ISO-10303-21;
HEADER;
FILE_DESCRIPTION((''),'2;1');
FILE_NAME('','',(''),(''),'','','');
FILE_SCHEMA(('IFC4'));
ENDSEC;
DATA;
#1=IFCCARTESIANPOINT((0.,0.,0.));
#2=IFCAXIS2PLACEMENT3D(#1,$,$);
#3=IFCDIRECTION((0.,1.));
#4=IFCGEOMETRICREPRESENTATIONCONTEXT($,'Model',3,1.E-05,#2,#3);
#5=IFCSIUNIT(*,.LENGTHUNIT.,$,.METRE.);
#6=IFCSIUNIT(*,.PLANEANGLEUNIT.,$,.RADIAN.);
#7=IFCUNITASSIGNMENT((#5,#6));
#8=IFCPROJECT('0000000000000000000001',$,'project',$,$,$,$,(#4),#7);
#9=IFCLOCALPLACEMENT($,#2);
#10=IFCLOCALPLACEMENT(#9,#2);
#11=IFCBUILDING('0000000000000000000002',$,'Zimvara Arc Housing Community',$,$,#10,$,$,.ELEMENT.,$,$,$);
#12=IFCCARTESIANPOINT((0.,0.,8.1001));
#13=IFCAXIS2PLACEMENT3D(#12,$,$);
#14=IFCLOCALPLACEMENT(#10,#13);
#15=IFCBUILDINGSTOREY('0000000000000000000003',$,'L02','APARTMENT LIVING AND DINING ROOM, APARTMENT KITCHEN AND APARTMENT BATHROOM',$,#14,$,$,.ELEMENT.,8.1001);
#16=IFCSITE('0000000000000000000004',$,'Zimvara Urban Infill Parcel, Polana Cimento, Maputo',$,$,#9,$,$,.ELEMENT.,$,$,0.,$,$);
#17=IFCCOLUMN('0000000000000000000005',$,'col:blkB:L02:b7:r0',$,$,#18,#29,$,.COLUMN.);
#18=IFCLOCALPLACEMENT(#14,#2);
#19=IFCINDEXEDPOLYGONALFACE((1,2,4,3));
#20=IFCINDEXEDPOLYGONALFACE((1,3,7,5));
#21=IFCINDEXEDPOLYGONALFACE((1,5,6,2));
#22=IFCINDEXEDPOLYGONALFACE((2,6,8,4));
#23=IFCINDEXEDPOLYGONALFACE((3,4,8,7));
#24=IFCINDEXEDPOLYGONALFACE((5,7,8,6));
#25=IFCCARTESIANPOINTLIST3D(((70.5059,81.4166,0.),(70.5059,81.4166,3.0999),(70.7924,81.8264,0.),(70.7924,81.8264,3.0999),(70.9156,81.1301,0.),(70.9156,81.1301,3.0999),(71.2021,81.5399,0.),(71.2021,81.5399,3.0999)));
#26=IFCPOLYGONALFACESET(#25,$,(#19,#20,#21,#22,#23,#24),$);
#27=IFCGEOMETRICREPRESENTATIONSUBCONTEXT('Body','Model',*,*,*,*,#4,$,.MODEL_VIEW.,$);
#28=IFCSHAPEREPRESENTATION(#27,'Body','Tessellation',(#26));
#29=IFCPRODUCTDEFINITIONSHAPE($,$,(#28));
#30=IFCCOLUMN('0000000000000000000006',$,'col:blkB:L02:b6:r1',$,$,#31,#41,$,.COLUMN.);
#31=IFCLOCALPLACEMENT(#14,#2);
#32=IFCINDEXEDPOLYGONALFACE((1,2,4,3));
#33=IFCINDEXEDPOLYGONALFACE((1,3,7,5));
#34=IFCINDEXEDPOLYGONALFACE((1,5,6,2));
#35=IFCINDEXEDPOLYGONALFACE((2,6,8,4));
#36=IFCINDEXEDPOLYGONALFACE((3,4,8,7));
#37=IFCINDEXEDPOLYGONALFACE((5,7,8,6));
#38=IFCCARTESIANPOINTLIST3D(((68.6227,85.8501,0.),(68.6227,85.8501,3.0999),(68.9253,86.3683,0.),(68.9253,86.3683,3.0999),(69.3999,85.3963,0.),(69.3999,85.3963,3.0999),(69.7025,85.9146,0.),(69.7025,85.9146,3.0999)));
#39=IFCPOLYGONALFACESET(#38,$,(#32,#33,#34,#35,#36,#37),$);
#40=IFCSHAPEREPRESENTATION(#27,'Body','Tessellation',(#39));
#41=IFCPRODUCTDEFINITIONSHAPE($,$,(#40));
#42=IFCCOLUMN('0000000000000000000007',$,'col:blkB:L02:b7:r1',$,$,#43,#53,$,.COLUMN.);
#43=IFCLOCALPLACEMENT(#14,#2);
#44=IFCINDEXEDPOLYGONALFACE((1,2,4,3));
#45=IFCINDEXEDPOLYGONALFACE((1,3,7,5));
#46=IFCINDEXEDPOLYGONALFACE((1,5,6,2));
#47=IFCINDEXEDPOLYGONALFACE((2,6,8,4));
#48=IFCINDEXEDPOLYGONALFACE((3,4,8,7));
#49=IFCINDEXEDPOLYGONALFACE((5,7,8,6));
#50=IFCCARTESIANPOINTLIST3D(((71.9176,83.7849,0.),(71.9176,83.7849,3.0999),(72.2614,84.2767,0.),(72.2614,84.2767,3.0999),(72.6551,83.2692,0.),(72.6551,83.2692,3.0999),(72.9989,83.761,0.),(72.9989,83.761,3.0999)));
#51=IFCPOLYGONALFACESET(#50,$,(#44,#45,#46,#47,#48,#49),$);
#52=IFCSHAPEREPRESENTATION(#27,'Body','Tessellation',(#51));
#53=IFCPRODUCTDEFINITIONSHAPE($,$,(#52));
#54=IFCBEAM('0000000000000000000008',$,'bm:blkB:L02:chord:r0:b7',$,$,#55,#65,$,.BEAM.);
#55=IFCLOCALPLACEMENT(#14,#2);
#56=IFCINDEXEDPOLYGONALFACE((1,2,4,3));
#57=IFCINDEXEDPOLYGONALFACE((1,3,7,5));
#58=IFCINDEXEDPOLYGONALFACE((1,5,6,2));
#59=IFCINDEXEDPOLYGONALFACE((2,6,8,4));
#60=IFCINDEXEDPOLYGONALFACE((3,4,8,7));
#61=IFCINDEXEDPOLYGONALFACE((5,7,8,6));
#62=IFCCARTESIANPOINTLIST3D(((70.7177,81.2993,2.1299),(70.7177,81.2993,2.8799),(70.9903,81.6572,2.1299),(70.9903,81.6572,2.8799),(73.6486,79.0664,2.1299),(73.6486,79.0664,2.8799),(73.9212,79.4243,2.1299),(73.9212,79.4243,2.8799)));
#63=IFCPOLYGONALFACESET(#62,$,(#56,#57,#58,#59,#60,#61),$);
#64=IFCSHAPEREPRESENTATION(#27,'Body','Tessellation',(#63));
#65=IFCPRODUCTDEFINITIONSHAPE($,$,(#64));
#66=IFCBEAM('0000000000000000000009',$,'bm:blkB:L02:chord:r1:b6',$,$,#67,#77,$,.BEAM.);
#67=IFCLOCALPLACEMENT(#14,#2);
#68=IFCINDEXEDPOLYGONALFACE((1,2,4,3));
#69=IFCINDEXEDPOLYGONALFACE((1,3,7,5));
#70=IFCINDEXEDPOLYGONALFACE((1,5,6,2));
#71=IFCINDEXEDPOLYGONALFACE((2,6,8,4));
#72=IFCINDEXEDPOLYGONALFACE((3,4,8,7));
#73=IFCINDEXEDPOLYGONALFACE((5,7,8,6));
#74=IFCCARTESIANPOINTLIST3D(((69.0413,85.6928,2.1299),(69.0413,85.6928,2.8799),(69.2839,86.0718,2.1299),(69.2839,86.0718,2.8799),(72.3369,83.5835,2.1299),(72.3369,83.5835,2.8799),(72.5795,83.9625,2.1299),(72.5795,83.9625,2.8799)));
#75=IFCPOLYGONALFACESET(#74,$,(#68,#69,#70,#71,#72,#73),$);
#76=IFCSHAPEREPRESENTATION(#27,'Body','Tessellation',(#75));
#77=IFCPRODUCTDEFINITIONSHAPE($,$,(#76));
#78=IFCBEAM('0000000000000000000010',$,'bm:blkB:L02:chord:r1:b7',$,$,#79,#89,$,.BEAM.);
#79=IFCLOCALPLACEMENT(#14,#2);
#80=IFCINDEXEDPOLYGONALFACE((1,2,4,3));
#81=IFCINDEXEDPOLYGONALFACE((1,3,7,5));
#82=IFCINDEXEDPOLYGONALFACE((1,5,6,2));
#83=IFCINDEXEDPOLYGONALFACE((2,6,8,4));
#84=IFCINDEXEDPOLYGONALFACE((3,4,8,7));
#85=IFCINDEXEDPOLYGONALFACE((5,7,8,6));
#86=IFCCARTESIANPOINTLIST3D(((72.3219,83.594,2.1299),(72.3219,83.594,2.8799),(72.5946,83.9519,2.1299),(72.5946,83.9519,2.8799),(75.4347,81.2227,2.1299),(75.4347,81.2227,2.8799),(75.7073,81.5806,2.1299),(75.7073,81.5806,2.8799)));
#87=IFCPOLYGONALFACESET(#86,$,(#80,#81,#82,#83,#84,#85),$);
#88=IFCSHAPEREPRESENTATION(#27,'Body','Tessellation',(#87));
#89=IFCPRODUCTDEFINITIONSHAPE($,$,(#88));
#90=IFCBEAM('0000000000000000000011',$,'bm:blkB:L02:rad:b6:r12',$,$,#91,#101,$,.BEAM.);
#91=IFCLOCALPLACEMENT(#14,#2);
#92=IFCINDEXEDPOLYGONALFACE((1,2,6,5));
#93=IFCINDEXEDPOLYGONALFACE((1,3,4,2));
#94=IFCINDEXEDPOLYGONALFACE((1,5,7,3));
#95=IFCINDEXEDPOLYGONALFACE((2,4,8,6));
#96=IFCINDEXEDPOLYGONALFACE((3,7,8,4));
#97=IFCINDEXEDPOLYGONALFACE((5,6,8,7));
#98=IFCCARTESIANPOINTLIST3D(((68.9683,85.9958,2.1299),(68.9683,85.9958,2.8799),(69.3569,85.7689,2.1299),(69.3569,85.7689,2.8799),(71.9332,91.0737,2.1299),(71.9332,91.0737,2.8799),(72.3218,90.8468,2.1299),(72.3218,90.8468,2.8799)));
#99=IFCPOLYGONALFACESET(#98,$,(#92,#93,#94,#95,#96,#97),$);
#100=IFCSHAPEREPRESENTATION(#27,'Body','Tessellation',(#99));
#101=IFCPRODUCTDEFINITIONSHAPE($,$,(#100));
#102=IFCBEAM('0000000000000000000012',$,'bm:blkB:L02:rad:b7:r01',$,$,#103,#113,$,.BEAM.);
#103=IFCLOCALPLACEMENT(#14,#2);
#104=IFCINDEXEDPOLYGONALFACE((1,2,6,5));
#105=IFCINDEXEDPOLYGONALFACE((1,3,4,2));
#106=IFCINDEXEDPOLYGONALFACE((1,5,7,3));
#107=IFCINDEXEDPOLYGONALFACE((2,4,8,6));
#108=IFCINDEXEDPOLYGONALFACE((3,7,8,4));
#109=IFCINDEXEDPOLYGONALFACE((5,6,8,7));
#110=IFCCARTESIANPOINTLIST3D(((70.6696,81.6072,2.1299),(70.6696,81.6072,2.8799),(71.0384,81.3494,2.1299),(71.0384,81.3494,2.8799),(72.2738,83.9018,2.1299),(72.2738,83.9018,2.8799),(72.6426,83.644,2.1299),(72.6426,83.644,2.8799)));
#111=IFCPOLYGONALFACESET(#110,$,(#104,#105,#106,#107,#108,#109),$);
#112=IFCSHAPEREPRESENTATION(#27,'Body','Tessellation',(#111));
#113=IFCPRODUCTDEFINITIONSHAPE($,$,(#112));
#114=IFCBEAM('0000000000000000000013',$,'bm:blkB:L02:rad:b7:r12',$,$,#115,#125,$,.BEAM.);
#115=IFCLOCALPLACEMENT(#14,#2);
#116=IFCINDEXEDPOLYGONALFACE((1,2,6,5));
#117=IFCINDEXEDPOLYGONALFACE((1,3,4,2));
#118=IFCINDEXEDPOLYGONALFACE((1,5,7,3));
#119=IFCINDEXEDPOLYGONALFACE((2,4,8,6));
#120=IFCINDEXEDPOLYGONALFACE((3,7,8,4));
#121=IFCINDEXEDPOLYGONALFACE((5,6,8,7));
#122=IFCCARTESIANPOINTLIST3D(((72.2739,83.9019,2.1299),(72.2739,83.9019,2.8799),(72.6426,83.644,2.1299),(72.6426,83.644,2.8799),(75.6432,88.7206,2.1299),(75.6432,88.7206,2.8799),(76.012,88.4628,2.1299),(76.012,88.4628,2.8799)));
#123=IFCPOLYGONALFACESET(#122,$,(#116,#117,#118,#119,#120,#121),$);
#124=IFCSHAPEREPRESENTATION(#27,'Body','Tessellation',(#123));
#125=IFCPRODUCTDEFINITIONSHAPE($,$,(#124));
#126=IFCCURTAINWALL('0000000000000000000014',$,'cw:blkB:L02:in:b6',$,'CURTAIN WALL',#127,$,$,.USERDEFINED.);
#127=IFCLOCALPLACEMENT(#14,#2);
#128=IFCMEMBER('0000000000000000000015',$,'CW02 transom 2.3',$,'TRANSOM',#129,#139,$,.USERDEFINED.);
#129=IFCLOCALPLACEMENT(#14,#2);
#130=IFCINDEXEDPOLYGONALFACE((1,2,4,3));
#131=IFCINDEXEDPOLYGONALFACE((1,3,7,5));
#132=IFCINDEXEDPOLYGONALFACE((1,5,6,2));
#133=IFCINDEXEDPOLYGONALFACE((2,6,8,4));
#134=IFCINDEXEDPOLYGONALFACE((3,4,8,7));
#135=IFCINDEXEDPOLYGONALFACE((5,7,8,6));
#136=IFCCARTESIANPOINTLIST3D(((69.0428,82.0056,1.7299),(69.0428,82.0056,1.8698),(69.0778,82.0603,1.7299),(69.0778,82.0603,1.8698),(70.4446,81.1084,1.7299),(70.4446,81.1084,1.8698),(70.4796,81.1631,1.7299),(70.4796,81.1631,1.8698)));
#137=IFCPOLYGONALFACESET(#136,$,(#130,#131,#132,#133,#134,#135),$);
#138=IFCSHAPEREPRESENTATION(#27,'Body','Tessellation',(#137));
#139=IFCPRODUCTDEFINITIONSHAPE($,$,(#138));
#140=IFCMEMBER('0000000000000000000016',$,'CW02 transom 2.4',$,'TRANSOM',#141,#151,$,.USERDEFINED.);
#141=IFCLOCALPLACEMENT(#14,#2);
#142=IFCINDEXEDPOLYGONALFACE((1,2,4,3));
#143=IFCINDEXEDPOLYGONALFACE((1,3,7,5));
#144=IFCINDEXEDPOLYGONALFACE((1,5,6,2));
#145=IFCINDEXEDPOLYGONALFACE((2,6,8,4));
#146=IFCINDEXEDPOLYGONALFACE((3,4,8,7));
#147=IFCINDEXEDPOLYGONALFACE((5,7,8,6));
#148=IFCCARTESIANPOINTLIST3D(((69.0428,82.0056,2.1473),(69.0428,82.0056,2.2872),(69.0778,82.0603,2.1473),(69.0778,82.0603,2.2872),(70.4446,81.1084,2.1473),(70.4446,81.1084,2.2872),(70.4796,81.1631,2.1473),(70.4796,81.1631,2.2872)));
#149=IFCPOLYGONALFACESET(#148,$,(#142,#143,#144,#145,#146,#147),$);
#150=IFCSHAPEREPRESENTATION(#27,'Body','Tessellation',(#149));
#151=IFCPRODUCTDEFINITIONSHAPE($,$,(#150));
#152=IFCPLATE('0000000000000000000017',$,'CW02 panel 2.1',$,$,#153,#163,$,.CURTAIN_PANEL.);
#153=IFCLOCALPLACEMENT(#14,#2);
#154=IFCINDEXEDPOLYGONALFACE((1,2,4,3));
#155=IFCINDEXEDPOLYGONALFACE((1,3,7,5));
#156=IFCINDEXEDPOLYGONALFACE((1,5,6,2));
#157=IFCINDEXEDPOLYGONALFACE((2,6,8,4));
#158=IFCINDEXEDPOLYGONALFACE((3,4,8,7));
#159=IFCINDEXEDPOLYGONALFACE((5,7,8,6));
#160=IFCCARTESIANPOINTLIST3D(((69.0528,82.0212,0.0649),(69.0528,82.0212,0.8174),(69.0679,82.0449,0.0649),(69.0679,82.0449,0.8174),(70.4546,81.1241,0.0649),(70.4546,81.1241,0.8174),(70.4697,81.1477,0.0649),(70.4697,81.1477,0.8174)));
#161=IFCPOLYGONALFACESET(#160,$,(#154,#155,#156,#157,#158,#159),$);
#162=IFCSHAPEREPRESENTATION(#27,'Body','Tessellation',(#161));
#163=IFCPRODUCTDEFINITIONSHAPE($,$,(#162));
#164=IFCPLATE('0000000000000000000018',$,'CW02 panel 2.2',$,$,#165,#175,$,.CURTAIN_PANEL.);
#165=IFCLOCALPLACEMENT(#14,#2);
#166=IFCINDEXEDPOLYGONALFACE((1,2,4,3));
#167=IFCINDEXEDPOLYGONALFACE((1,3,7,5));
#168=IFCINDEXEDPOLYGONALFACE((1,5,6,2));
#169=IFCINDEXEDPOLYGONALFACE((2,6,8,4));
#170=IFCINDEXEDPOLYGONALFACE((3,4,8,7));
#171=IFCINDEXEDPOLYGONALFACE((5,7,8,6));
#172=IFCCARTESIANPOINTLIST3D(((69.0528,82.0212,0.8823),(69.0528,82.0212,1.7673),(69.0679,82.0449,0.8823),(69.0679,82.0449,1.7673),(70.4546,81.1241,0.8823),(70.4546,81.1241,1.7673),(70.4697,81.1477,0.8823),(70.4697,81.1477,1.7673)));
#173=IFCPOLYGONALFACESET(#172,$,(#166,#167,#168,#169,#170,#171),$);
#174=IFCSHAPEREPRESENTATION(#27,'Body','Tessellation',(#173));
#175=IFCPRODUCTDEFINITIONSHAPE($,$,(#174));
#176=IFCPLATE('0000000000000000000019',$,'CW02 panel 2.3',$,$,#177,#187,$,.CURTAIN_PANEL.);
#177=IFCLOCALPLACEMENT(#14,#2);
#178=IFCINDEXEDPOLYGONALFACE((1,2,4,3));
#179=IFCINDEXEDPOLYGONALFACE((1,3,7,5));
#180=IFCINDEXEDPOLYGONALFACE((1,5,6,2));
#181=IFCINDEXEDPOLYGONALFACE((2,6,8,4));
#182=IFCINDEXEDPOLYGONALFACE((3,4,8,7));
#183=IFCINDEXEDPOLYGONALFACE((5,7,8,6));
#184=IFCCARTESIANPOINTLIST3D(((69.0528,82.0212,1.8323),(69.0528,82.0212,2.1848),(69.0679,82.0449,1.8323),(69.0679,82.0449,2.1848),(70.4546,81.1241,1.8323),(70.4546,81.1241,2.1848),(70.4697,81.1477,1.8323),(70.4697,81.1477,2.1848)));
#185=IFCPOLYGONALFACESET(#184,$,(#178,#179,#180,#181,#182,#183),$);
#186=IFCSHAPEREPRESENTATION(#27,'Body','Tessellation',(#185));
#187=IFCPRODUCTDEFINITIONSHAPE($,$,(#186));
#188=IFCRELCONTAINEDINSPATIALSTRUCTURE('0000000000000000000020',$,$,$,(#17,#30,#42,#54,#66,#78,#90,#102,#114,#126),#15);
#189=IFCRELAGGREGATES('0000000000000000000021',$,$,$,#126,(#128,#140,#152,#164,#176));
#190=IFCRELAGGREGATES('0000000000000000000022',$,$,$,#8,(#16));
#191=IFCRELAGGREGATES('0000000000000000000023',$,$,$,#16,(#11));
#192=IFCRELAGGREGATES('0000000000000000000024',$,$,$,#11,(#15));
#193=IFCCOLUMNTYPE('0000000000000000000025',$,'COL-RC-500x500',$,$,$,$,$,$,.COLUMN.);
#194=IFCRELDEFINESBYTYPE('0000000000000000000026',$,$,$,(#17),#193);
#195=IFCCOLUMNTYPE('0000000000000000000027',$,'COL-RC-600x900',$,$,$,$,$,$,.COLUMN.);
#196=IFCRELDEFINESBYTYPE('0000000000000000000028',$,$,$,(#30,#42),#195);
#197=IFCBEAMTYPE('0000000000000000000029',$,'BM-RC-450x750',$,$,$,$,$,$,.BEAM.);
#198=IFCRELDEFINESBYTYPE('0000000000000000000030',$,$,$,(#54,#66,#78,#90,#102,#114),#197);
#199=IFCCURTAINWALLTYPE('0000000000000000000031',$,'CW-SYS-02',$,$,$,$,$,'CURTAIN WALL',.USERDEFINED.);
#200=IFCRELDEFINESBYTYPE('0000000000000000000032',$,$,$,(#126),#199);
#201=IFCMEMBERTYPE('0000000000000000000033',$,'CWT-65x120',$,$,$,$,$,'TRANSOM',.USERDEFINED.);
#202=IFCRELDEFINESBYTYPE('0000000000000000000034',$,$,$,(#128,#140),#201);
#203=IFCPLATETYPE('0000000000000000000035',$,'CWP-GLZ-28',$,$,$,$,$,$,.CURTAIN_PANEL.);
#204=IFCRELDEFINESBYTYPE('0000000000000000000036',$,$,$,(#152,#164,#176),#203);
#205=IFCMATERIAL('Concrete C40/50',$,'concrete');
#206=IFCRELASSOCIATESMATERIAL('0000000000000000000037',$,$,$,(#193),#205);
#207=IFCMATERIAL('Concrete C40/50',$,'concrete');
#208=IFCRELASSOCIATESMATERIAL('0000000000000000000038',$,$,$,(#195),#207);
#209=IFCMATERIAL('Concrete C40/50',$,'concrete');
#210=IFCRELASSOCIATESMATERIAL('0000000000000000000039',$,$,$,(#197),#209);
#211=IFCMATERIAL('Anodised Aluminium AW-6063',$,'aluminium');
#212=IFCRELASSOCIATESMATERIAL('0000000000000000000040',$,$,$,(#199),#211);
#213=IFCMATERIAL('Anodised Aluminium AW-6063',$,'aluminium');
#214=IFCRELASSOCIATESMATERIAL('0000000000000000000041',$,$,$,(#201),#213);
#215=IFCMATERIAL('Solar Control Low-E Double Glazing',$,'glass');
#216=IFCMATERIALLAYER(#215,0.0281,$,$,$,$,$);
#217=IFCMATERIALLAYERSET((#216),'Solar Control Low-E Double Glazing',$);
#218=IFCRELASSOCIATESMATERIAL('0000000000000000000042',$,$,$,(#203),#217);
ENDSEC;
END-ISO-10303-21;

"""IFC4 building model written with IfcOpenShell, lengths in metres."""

from ifc_helpers import new_model, si_unit, direction, frame, origin, origin_2d, place, context, subcontext, project, spatial, rectangle, extrude, material, layer, layer_set, material_profile, profile_set, type_object, element, aggregate, save


model = new_model("IFC4")

# Units and contexts
model_context = context("Model", 3, precision=1e-05, world=origin(), true_north=direction((0.0, 1.0)))
body_context = subcontext(model_context, "Body", "Model", "MODEL_VIEW")
ifc_project = project(units=[si_unit("LENGTHUNIT", "METRE"), si_unit("PLANEANGLEUNIT", "RADIAN")], contexts=[model_context])

# Site, building, storey
site_placement = place(None, origin())
site = spatial("IfcSite", under=ifc_project, at=site_placement, Name="Zimvara Urban Infill Parcel, Polana Cimento, Maputo", CompositionType="ELEMENT", RefElevation=0.0)
building_placement = place(site_placement, origin())
building = spatial("IfcBuilding", under=site, at=building_placement, Name="Zimvara Arc Housing Community", CompositionType="ELEMENT")
storey_placement = place(building_placement, frame((0.0, 0.0, 8.1001)))
storey = spatial("IfcBuildingStorey", under=building, at=storey_placement, Name="L02", Description="APARTMENT LIVING AND DINING ROOM, APARTMENT KITCHEN AND APARTMENT BATHROOM", CompositionType="ELEMENT", Elevation=8.1001)

# Columns
ifc_material_1 = material(Name="Concrete C40/50", Category="concrete")
ifc_material_profile_1 = material_profile(ifc_material_1, rectangle(XDim=0.5, YDim=0.5, at=origin_2d()), Name="RC 500x500")
ifc_profile_set_1 = profile_set([ifc_material_profile_1], Name="Concrete C40/50")
column_type_1 = type_object("IfcColumnType", Name="COL-RC-500x500", PredefinedType="COLUMN", material=ifc_profile_set_1)
column_placement = place(storey_placement, frame((70.854, 81.4783, 0.0), z_axis=(0.0, 0.0, 1.0), x_axis=(0.573004, 0.819552, 0.0)))
element("IfcColumn", 1, at=column_placement, inside=storey, type_object=column_type_1, Name="col:blkB:L02:b7:r0", PredefinedType="COLUMN", context=body_context, shape_type="SweptSolid", body=[
    extrude(rectangle(XDim=0.5, YDim=0.5, at=origin_2d()), origin(), (0.0, 0.0, 1.0), 3.0999),
])
ifc_material_2 = material(Name="Concrete C40/50", Category="concrete")
ifc_material_profile_2 = material_profile(ifc_material_2, rectangle(XDim=0.6001, YDim=0.8999, at=origin_2d()), Name="RC 600x900")
ifc_profile_set_2 = profile_set([ifc_material_profile_2], Name="Concrete C40/50")
column_type_2 = type_object("IfcColumnType", Name="COL-RC-600x900", PredefinedType="COLUMN", material=ifc_profile_set_2)
for number, where, z_axis, x_axis, name in (
    (2, (69.1626, 85.8823, 0.0), (0.0, 0.0, 1.0), (0.504226, 0.863572, 0.0), "col:blkB:L02:b6:r1"),
    (3, (72.4583, 83.7729, 0.0), (0.0, 0.0, 1.0), (0.573004, 0.819552, 0.0), "col:blkB:L02:b7:r1"),
):
    element("IfcColumn", number, at=place(storey_placement, frame(where, z_axis=z_axis, x_axis=x_axis)), inside=storey, type_object=column_type_2, Name=name, PredefinedType="COLUMN", context=body_context, shape_type="SweptSolid", body=[
        extrude(rectangle(XDim=0.6001, YDim=0.8999, at=origin_2d()), origin(), (0.0, 0.0, 1.0), 3.0999),
    ])

# Beams
ifc_material_3 = material(Name="Concrete C40/50", Category="concrete")
ifc_material_profile_3 = material_profile(ifc_material_3, rectangle(XDim=0.45, YDim=0.75, at=origin_2d()), Name="RC 450x750")
ifc_profile_set_3 = profile_set([ifc_material_profile_3], Name="Concrete C40/50")
beam_type = type_object("IfcBeamType", Name="BM-RC-450x750", PredefinedType="BEAM", material=ifc_profile_set_3)
beam_1_placement = place(storey_placement, frame((70.854, 81.4783, 2.5049), z_axis=(0.795453, -0.606015, 0.0), x_axis=(0.606015, 0.795453, 0.0)))
element("IfcBeam", 4, at=beam_1_placement, inside=storey, type_object=beam_type, Name="bm:blkB:L02:chord:r0:b7", PredefinedType="BEAM", context=body_context, shape_type="SweptSolid", body=[
    extrude(rectangle(XDim=0.45, YDim=0.75, at=origin_2d()), origin(), (0.0, 0.0, 1.0), 3.6846),
])
beam_2_placement = place(storey_placement, frame((69.1626, 85.8823, 2.5049), z_axis=(0.842253, -0.539082, 0.0), x_axis=(0.539082, 0.842253, 0.0)))
element("IfcBeam", 5, at=beam_2_placement, inside=storey, type_object=beam_type, Name="bm:blkB:L02:chord:r1:b6", PredefinedType="BEAM", context=body_context, shape_type="SweptSolid", body=[
    extrude(rectangle(XDim=0.45, YDim=0.75, at=origin_2d()), origin(), (0.0, 0.0, 1.0), 3.9128),
])
beam_3_placement = place(storey_placement, frame((72.4583, 83.7729, 2.5049), z_axis=(0.79547, -0.605992, 0.0), x_axis=(0.605992, 0.79547, 0.0)))
element("IfcBeam", 6, at=beam_3_placement, inside=storey, type_object=beam_type, Name="bm:blkB:L02:chord:r1:b7", PredefinedType="BEAM", context=body_context, shape_type="SweptSolid", body=[
    extrude(rectangle(XDim=0.45, YDim=0.75, at=origin_2d()), origin(), (0.0, 0.0, 1.0), 3.9131),
])
beam_4_placement = place(storey_placement, frame((69.1626, 85.8823, 2.5049), z_axis=(0.504219, 0.863576, 0.0), x_axis=(-0.863576, 0.504219, 0.0)))
element("IfcBeam", 7, at=beam_4_placement, inside=storey, type_object=beam_type, Name="bm:blkB:L02:rad:b6:r12", PredefinedType="BEAM", context=body_context, shape_type="SweptSolid", body=[
    extrude(rectangle(XDim=0.45, YDim=0.75, at=origin_2d()), origin(), (0.0, 0.0, 1.0), 5.8801),
])
beam_5_placement = place(storey_placement, frame((70.854, 81.4783, 2.5049), z_axis=(0.572977, 0.819572, 0.0), x_axis=(-0.819572, 0.572977, 0.0)))
element("IfcBeam", 8, at=beam_5_placement, inside=storey, type_object=beam_type, Name="bm:blkB:L02:rad:b7:r01", PredefinedType="BEAM", context=body_context, shape_type="SweptSolid", body=[
    extrude(rectangle(XDim=0.45, YDim=0.75, at=origin_2d()), origin(), (0.0, 0.0, 1.0), 2.7998),
])
beam_6_placement = place(storey_placement, frame((72.4583, 83.7729, 2.5049), z_axis=(0.573028, 0.819536, 0.0), x_axis=(-0.819536, 0.573028, 0.0)))
element("IfcBeam", 9, at=beam_6_placement, inside=storey, type_object=beam_type, Name="bm:blkB:L02:rad:b7:r12", PredefinedType="BEAM", context=body_context, shape_type="SweptSolid", body=[
    extrude(rectangle(XDim=0.45, YDim=0.75, at=origin_2d()), origin(), (0.0, 0.0, 1.0), 5.8799),
])

# Curtain wall, members, plates
ifc_material_4 = material(Name="Anodised Aluminium AW-6063", Category="aluminium")
curtain_wall_type = type_object("IfcCurtainWallType", Name="CW-SYS-02", ElementType="CURTAIN WALL", PredefinedType="USERDEFINED", material=ifc_material_4)
curtain_wall_placement = place(storey_placement, origin())
curtain_wall = element("IfcCurtainWall", 10, at=curtain_wall_placement, inside=storey, type_object=curtain_wall_type, Name="cw:blkB:L02:in:b6", ObjectType="CURTAIN WALL", PredefinedType="USERDEFINED")
ifc_material_5 = material(Name="Anodised Aluminium AW-6063", Category="aluminium")
ifc_material_profile_4 = material_profile(ifc_material_5, rectangle(XDim=0.0649, YDim=0.1399, at=origin_2d()), Name="ALU 65x140")
ifc_profile_set_4 = profile_set([ifc_material_profile_4], Name="Anodised Aluminium AW-6063")
member_type = type_object("IfcMemberType", Name="CWT-65x120", ElementType="TRANSOM", PredefinedType="USERDEFINED", material=ifc_profile_set_4)
member_1_placement = place(storey_placement, frame((69.0603, 82.033, 1.7998), z_axis=(0.842263, -0.539066, 0.0), x_axis=(0.539066, 0.842263, 0.0)))
member_1 = element("IfcMember", 11, at=member_1_placement, type_object=member_type, Name="CW02 transom 2.3", ObjectType="TRANSOM", PredefinedType="USERDEFINED", context=body_context, shape_type="SweptSolid", body=[
    extrude(rectangle(XDim=0.0649, YDim=0.1399, at=origin_2d()), origin(), (0.0, 0.0, 1.0), 1.6643),
])
member_2_placement = place(storey_placement, frame((69.0603, 82.033, 2.2173), z_axis=(0.842263, -0.539066, 0.0), x_axis=(0.539066, 0.842263, 0.0)))
member_2 = element("IfcMember", 12, at=member_2_placement, type_object=member_type, Name="CW02 transom 2.4", ObjectType="TRANSOM", PredefinedType="USERDEFINED", context=body_context, shape_type="SweptSolid", body=[
    extrude(rectangle(XDim=0.0649, YDim=0.1399, at=origin_2d()), origin(), (0.0, 0.0, 1.0), 1.6643),
])
ifc_material_6 = material(Name="Solar Control Low-E Double Glazing", Category="glass")
ifc_layer_1 = layer(ifc_material_6, 0.0281)
ifc_layer_set_1 = layer_set([ifc_layer_1], Name="Solar Control Low-E Double Glazing")
plate_type = type_object("IfcPlateType", Name="CWP-GLZ-28", PredefinedType="CURTAIN_PANEL", material=ifc_layer_set_1)
plate_1_placement = place(storey_placement, frame((69.7612, 81.5845, 0.0649), z_axis=(0.0, 0.0, 1.0), x_axis=(0.842265, -0.539064, 0.0)))
plate_1 = element("IfcPlate", 13, at=plate_1_placement, type_object=plate_type, Name="CW02 panel 2.1", PredefinedType="CURTAIN_PANEL", context=body_context, shape_type="SweptSolid", body=[
    extrude(rectangle(XDim=1.6643, YDim=0.0281, at=origin_2d()), origin(), (0.0, 0.0, 1.0), 0.7524),
])
plate_2_placement = place(storey_placement, frame((69.7612, 81.5845, 0.8823), z_axis=(0.0, 0.0, 1.0), x_axis=(0.842265, -0.539064, 0.0)))
plate_2 = element("IfcPlate", 14, at=plate_2_placement, type_object=plate_type, Name="CW02 panel 2.2", PredefinedType="CURTAIN_PANEL", context=body_context, shape_type="SweptSolid", body=[
    extrude(rectangle(XDim=1.6643, YDim=0.0281, at=origin_2d()), origin(), (0.0, 0.0, 1.0), 0.885),
])
plate_3_placement = place(storey_placement, frame((69.7612, 81.5845, 1.8323), z_axis=(0.0, 0.0, 1.0), x_axis=(0.842265, -0.539064, 0.0)))
plate_3 = element("IfcPlate", 15, at=plate_3_placement, type_object=plate_type, Name="CW02 panel 2.3", PredefinedType="CURTAIN_PANEL", context=body_context, shape_type="SweptSolid", body=[
    extrude(rectangle(XDim=1.6643, YDim=0.0281, at=origin_2d()), origin(), (0.0, 0.0, 1.0), 0.3525),
])
aggregate(curtain_wall, [member_1, member_2, plate_1, plate_2, plate_3])

save(model, "model.ifc")
